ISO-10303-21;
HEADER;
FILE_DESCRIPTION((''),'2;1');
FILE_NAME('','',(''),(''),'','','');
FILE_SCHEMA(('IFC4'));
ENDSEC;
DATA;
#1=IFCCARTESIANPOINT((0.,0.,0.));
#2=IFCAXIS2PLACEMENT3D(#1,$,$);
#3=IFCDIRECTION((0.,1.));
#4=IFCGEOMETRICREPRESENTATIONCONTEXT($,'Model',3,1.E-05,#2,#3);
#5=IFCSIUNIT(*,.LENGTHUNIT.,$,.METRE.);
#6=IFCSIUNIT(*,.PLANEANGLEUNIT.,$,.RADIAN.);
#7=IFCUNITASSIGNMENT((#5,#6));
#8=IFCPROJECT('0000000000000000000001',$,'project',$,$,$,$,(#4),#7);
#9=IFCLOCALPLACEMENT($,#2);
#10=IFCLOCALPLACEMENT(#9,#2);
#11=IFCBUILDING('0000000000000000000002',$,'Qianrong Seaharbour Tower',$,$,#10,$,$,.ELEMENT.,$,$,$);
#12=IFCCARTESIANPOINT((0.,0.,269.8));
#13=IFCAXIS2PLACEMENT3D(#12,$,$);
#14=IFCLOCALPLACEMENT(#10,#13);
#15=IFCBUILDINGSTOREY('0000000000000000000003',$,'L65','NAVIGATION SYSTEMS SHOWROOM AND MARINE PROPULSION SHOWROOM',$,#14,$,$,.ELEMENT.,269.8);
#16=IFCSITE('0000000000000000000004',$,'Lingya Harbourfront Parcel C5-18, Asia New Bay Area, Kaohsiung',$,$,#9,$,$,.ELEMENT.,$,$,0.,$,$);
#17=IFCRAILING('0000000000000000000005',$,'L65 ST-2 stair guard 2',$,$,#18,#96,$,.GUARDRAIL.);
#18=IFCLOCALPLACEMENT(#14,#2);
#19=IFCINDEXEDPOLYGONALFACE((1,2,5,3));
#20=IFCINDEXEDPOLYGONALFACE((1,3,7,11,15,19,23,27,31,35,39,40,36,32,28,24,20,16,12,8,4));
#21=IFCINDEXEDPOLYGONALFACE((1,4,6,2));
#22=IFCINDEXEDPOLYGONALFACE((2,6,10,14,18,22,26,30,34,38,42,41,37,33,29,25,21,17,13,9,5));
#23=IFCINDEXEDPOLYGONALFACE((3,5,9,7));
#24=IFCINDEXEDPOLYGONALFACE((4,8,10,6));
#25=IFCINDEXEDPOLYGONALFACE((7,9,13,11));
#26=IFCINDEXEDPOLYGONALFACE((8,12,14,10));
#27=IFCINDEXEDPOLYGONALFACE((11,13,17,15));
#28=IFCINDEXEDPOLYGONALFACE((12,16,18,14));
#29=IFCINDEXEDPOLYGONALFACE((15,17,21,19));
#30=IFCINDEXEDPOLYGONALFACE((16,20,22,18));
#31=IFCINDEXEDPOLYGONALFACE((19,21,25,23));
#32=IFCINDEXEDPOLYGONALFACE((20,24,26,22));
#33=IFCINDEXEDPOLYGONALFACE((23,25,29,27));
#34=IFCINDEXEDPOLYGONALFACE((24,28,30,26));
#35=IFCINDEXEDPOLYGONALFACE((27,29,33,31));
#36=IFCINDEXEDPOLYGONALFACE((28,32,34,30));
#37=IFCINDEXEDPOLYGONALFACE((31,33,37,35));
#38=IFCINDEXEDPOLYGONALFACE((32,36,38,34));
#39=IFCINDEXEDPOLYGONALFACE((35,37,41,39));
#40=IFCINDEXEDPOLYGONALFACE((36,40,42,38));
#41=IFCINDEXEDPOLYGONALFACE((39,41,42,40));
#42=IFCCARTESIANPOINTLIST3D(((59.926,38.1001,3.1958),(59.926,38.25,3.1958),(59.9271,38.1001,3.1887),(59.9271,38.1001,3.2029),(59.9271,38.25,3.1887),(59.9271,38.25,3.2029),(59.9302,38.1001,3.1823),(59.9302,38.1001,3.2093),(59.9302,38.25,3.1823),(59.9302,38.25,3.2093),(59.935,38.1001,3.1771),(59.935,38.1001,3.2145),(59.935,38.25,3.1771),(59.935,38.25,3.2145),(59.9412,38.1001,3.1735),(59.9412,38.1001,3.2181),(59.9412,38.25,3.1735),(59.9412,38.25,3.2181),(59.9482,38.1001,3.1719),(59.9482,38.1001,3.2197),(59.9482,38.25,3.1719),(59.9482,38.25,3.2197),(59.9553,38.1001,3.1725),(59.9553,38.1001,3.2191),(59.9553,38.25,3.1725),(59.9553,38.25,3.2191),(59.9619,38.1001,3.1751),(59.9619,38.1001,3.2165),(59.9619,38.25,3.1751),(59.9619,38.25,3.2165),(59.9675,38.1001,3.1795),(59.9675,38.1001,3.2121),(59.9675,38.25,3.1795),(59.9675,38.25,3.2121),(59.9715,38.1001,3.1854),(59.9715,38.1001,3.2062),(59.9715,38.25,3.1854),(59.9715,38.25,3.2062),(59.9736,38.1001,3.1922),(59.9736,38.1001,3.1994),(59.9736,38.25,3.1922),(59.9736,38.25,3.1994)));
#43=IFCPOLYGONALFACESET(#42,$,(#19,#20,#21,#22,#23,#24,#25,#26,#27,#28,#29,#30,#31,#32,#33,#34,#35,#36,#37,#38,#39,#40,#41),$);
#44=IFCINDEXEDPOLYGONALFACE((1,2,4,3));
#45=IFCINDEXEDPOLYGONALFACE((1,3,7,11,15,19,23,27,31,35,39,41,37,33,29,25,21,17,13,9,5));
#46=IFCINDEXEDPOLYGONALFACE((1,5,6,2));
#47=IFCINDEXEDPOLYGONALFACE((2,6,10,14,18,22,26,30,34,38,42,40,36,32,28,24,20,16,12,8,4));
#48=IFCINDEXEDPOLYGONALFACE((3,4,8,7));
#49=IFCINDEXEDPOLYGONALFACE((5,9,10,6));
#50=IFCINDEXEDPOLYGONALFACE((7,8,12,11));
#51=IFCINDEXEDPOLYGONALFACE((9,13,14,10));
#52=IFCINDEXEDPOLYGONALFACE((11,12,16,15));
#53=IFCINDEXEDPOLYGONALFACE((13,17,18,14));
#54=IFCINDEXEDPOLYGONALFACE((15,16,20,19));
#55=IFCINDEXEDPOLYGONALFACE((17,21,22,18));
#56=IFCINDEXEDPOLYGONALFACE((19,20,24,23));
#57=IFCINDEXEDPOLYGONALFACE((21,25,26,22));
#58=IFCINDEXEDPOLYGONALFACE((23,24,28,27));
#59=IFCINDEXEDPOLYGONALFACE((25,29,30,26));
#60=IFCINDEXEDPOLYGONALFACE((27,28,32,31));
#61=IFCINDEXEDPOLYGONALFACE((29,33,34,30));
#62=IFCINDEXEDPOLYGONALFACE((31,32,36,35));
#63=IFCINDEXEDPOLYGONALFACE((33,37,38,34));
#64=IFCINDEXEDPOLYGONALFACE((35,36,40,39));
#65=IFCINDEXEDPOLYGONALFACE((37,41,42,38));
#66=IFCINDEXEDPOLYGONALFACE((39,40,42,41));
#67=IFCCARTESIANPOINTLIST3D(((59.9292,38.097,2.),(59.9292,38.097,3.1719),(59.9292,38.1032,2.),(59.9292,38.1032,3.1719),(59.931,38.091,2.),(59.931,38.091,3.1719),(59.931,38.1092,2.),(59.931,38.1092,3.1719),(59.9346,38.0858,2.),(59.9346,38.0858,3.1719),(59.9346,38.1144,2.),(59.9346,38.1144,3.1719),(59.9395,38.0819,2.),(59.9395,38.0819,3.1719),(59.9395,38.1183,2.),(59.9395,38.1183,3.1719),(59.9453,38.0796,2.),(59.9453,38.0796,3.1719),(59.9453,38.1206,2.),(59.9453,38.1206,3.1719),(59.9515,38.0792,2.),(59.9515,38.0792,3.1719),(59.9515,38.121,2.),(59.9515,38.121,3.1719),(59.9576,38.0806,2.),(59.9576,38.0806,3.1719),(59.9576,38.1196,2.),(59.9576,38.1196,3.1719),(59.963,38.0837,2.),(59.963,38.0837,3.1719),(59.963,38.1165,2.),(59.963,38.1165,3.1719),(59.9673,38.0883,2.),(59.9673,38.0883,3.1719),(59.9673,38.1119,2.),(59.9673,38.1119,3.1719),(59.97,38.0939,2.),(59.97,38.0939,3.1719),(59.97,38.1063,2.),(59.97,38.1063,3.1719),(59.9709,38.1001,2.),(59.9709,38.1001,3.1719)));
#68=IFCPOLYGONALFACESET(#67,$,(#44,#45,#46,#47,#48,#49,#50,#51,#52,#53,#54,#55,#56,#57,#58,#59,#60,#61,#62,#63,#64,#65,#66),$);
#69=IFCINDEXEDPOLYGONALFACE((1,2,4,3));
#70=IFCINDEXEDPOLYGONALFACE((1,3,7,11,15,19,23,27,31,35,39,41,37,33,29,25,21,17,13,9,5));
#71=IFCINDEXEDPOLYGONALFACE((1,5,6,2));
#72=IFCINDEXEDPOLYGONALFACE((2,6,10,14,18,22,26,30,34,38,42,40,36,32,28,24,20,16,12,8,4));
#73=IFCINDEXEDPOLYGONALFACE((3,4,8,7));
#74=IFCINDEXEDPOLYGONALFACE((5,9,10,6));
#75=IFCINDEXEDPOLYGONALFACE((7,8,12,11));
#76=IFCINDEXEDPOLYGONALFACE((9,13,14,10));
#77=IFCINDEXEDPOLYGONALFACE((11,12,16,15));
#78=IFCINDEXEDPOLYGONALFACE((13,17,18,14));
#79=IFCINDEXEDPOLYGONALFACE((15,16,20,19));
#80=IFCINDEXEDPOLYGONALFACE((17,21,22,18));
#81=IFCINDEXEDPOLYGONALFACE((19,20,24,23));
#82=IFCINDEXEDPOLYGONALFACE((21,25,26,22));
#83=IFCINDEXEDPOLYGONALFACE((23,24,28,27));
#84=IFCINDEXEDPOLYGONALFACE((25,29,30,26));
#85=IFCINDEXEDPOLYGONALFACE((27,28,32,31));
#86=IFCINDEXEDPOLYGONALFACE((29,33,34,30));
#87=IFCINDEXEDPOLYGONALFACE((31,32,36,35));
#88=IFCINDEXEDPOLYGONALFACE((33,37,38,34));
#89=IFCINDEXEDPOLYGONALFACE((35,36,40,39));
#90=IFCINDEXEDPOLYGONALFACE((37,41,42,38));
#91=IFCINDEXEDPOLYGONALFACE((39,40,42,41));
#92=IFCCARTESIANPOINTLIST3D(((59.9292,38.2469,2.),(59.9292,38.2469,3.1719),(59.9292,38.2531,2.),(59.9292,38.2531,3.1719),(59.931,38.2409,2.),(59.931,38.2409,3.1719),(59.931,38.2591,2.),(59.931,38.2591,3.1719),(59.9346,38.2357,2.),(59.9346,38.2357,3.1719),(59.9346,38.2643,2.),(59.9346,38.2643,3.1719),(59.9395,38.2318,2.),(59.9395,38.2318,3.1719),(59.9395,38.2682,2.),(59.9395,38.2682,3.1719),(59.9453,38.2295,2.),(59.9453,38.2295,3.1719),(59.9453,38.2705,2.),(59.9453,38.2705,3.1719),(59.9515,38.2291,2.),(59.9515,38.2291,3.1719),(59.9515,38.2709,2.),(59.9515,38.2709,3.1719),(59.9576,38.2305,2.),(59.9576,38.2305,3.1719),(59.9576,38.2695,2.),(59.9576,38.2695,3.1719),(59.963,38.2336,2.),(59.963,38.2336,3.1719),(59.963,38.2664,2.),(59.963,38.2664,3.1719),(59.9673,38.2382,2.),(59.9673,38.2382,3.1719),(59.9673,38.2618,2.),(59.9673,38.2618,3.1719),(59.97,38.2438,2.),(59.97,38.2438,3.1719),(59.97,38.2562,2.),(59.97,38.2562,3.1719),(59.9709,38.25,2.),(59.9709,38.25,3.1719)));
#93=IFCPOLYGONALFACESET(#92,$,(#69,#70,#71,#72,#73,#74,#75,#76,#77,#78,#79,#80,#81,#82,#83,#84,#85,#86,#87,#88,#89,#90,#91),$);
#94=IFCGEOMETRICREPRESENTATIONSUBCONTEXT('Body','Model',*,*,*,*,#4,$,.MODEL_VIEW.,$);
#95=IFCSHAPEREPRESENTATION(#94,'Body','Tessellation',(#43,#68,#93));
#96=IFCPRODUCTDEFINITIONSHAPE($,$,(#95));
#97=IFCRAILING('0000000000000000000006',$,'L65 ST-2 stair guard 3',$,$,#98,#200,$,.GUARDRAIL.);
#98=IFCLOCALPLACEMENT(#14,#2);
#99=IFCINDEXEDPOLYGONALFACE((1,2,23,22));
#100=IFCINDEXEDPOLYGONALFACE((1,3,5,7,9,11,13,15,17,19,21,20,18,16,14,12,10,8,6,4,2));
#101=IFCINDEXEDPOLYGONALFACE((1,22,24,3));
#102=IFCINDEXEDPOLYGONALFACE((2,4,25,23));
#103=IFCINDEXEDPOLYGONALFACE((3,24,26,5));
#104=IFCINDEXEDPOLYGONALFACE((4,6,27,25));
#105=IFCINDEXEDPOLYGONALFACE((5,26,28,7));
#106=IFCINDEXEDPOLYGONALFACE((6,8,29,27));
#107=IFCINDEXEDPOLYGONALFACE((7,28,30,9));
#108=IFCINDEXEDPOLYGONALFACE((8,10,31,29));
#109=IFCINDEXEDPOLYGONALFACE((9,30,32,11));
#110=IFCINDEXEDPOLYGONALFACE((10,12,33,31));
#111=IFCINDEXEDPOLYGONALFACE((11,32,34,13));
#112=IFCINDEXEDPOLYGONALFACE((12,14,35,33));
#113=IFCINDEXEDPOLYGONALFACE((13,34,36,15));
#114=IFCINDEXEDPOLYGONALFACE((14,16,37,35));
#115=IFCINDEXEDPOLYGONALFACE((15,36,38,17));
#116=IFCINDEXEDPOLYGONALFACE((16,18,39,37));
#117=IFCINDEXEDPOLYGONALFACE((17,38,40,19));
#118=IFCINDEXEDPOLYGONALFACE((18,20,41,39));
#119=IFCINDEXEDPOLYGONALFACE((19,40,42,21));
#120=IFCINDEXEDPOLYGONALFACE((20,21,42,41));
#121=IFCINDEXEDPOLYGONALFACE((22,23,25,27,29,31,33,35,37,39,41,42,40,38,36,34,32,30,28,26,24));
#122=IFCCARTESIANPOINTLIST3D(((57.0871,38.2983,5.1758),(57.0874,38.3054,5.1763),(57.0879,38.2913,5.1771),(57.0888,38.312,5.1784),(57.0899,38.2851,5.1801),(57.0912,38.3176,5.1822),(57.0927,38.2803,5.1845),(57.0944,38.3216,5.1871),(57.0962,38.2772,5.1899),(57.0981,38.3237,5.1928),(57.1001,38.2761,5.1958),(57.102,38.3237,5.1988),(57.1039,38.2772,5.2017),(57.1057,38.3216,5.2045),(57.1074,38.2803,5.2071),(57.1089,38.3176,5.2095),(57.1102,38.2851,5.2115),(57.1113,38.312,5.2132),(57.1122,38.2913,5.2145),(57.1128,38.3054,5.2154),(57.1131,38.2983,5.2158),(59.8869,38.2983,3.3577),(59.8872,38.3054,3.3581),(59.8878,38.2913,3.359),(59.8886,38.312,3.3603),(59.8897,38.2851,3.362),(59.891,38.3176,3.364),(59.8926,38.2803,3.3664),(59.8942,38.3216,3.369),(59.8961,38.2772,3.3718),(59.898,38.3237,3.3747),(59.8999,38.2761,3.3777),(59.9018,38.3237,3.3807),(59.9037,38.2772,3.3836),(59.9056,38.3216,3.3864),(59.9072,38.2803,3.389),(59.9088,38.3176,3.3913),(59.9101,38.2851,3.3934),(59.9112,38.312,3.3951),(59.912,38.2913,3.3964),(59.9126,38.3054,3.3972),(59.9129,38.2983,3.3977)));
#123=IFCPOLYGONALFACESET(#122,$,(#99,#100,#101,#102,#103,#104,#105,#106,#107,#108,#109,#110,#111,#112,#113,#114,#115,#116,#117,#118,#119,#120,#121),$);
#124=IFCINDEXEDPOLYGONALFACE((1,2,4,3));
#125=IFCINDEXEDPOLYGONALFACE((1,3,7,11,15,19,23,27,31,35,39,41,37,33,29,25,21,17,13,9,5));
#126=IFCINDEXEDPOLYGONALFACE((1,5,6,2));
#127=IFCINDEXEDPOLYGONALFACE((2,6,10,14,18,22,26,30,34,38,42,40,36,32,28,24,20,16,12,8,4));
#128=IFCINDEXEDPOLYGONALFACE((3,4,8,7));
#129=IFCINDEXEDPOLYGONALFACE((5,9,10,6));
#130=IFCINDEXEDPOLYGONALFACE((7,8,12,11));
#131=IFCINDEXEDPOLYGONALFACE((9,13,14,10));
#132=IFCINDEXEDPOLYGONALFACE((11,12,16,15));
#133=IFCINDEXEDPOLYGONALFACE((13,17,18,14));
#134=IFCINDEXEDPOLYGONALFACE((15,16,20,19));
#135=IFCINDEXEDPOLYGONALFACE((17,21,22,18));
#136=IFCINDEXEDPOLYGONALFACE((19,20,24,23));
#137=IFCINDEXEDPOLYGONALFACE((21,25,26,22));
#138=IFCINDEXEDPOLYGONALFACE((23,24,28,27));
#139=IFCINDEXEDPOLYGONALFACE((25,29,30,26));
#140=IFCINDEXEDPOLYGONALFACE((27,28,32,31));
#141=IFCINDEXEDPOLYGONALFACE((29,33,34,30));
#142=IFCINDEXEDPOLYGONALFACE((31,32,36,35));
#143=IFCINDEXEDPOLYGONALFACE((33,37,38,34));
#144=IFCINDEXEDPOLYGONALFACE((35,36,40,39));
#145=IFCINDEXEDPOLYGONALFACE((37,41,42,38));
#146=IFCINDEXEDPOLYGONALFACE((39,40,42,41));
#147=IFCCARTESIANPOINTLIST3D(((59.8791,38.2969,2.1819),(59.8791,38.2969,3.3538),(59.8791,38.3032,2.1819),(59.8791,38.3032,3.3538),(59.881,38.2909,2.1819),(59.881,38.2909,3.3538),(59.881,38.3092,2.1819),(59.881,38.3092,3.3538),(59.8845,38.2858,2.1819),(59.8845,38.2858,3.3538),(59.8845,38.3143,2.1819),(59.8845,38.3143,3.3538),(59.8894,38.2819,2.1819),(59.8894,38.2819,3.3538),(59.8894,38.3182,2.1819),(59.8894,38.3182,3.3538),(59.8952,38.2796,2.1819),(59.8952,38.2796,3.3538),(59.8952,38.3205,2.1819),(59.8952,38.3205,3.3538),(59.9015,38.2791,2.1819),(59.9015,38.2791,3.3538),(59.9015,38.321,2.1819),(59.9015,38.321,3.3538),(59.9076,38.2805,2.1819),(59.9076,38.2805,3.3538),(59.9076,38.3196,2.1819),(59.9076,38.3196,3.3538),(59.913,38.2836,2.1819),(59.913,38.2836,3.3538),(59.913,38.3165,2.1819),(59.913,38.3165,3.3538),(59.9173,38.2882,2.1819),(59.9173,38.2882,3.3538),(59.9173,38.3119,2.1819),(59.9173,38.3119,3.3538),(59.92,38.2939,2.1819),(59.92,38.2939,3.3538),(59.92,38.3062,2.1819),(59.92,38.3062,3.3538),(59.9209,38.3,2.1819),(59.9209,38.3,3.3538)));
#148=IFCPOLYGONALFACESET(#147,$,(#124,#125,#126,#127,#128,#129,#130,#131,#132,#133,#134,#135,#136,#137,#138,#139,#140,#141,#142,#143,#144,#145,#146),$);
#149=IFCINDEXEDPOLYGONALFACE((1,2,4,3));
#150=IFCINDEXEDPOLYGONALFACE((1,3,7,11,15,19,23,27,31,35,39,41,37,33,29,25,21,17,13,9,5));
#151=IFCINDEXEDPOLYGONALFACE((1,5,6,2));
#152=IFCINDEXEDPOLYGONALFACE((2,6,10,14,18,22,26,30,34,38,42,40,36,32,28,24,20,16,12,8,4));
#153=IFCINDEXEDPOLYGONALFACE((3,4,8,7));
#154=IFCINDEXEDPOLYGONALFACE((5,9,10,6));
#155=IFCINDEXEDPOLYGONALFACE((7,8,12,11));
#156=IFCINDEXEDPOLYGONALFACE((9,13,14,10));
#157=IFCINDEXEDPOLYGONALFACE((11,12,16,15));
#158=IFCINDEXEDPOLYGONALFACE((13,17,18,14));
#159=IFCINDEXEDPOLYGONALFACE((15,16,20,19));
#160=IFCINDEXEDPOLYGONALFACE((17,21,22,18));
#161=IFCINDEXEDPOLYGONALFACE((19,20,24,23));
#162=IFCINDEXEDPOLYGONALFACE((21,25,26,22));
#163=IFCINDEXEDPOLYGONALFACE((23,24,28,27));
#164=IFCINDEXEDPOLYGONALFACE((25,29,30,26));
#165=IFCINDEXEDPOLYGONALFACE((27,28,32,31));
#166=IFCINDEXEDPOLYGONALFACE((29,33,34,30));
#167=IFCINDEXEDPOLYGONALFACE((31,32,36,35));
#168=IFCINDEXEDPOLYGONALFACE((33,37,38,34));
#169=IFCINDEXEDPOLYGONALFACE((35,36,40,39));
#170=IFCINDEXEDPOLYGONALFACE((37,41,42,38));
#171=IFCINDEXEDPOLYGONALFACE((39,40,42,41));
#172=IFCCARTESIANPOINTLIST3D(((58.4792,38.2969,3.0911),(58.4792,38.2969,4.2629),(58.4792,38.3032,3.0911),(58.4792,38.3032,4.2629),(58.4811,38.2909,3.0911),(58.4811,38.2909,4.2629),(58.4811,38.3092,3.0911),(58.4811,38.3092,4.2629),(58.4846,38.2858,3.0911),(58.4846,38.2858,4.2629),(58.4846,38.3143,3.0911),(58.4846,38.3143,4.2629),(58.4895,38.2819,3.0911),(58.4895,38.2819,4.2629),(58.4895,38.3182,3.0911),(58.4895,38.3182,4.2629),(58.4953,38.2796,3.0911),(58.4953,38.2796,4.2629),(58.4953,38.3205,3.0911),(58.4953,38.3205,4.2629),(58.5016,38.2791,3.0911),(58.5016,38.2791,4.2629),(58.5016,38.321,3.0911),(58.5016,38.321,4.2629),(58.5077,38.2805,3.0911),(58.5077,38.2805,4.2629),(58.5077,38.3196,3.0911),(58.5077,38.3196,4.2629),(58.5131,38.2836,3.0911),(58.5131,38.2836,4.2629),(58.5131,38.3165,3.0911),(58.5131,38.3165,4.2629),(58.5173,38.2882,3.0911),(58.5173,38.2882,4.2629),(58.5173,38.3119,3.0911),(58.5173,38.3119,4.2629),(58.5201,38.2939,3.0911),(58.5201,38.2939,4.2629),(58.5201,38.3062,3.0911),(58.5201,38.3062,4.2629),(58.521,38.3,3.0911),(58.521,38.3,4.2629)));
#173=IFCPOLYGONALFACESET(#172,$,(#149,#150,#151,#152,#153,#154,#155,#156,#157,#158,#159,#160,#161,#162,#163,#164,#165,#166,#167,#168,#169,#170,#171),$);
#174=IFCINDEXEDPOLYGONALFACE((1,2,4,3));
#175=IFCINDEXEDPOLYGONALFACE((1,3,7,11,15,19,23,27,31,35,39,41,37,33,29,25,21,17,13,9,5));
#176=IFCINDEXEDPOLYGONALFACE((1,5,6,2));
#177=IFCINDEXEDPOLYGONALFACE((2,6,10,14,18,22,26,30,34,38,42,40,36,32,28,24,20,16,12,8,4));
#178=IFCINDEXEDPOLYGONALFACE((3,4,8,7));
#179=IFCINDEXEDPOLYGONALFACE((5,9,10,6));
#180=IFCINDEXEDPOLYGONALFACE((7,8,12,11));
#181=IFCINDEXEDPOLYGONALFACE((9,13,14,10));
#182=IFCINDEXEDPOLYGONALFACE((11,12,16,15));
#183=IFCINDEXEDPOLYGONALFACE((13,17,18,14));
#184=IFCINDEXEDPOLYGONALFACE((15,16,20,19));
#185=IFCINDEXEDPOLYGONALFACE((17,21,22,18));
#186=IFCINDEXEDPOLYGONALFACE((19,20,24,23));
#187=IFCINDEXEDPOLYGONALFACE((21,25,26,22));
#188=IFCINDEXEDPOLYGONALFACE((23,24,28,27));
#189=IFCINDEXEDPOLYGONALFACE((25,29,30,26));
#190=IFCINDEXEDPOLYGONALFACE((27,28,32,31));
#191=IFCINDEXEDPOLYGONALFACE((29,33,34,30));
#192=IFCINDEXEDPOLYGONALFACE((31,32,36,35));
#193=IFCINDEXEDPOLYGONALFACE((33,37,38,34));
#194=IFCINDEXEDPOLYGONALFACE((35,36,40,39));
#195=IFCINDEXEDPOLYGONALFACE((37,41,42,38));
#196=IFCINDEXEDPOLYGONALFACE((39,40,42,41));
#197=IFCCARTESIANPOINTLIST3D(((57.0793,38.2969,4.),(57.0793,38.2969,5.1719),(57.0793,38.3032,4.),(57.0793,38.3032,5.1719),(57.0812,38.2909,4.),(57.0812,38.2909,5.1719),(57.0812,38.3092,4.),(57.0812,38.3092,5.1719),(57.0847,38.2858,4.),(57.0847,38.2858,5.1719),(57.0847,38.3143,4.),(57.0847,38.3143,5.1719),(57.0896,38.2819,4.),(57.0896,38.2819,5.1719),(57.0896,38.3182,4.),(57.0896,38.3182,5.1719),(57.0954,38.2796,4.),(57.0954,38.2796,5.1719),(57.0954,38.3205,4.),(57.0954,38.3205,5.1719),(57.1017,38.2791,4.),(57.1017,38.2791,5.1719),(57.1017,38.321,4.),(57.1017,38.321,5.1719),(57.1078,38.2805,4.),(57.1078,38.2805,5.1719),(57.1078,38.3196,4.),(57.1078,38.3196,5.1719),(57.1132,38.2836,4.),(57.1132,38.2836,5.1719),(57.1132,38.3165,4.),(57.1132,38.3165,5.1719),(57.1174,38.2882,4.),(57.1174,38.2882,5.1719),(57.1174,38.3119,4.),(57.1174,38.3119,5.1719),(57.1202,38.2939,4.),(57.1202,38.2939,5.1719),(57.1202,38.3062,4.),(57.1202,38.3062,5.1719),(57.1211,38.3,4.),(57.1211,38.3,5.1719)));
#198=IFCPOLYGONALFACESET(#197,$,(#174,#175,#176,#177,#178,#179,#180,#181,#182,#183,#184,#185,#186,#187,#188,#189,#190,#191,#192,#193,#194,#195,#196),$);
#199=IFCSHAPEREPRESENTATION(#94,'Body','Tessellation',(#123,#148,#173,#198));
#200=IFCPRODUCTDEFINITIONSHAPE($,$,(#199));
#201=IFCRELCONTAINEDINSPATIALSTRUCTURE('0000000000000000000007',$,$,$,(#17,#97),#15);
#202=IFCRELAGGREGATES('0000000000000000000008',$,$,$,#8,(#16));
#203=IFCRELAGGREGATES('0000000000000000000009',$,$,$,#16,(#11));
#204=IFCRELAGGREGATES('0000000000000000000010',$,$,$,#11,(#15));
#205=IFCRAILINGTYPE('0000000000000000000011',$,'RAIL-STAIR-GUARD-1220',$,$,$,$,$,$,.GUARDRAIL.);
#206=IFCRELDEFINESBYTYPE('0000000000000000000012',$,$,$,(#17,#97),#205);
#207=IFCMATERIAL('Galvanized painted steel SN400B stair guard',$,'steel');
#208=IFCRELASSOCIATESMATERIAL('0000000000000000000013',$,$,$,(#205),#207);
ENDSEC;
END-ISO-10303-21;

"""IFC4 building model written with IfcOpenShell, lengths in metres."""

from ifc_helpers import new_model, si_unit, direction, frame, origin, origin_2d, place, context, subcontext, project, spatial, circle, extrude, material, type_object, element, save


model = new_model("IFC4")

# Units and contexts
model_context = context("Model", 3, precision=1e-05, world=origin(), true_north=direction((0.0, 1.0)))
body_context = subcontext(model_context, "Body", "Model", "MODEL_VIEW")
ifc_project = project(units=[si_unit("LENGTHUNIT", "METRE"), si_unit("PLANEANGLEUNIT", "RADIAN")], contexts=[model_context])

# Site, building, storey
site_placement = place(None, origin())
site = spatial("IfcSite", under=ifc_project, at=site_placement, Name="Lingya Harbourfront Parcel C5-18, Asia New Bay Area, Kaohsiung", CompositionType="ELEMENT", RefElevation=0.0)
building_placement = place(site_placement, origin())
building = spatial("IfcBuilding", under=site, at=building_placement, Name="Qianrong Seaharbour Tower", CompositionType="ELEMENT")
storey_placement = place(building_placement, frame((0.0, 0.0, 269.8)))
storey = spatial("IfcBuildingStorey", under=building, at=storey_placement, Name="L65", Description="NAVIGATION SYSTEMS SHOWROOM AND MARINE PROPULSION SHOWROOM", CompositionType="ELEMENT", Elevation=269.8)

# Railings
ifc_material_1 = material(Name="Galvanized painted steel SN400B stair guard", Category="steel")
railing_type_1 = type_object("IfcRailingType", Name="RAIL-STAIR-GUARD-1220", PredefinedType="GUARDRAIL", material=ifc_material_1)
railing_1_placement = place(storey_placement, frame((59.95, 38.1001, 2.0)))
element("IfcRailing", 1, at=railing_1_placement, inside=storey, type_object=railing_type_1, Name="L65 ST-2 stair guard 2", PredefinedType="GUARDRAIL", context=body_context, shape_type="SweptSolid", body=[
    extrude(circle(Radius=0.0239, at=origin_2d()), frame((0.0, 0.0, 1.1958), z_axis=(0.0, 1.0, 0.0), x_axis=(-1.0, 0.0, 0.0)), (0.0, 0.0, 1.0), 0.1499),
    extrude(circle(Radius=0.021, at=origin_2d()), origin(), (0.0, 0.0, 1.0), 1.1719),
    extrude(circle(Radius=0.021, at=origin_2d()), frame((0.0, 0.1499, 0.0)), (0.0, 0.0, 1.0), 1.1719),
])
railing_2_placement = place(storey_placement, frame((59.8999, 38.3, 2.1819)))
element("IfcRailing", 2, at=railing_2_placement, inside=storey, type_object=railing_type_1, Name="L65 ST-2 stair guard 3", PredefinedType="GUARDRAIL", context=body_context, shape_type="SweptSolid", body=[
    extrude(circle(Radius=0.0239, at=origin_2d()), frame((0.0, 0.0, 1.1958), z_axis=(-0.838684, 0.0, 0.544618), x_axis=(0.0, -1.0, 0.0)), (0.0, 0.0, 1.0), 3.3384),
    extrude(circle(Radius=0.021, at=origin_2d()), origin(), (0.0, 0.0, 1.0), 1.1719),
    extrude(circle(Radius=0.021, at=origin_2d()), frame((-1.3999, 0.0, 0.9092)), (0.0, 0.0, 1.0), 1.1719),
    extrude(circle(Radius=0.021, at=origin_2d()), frame((-2.7998, 0.0, 1.8181)), (0.0, 0.0, 1.0), 1.1719),
])

save(model, "model.ifc")
